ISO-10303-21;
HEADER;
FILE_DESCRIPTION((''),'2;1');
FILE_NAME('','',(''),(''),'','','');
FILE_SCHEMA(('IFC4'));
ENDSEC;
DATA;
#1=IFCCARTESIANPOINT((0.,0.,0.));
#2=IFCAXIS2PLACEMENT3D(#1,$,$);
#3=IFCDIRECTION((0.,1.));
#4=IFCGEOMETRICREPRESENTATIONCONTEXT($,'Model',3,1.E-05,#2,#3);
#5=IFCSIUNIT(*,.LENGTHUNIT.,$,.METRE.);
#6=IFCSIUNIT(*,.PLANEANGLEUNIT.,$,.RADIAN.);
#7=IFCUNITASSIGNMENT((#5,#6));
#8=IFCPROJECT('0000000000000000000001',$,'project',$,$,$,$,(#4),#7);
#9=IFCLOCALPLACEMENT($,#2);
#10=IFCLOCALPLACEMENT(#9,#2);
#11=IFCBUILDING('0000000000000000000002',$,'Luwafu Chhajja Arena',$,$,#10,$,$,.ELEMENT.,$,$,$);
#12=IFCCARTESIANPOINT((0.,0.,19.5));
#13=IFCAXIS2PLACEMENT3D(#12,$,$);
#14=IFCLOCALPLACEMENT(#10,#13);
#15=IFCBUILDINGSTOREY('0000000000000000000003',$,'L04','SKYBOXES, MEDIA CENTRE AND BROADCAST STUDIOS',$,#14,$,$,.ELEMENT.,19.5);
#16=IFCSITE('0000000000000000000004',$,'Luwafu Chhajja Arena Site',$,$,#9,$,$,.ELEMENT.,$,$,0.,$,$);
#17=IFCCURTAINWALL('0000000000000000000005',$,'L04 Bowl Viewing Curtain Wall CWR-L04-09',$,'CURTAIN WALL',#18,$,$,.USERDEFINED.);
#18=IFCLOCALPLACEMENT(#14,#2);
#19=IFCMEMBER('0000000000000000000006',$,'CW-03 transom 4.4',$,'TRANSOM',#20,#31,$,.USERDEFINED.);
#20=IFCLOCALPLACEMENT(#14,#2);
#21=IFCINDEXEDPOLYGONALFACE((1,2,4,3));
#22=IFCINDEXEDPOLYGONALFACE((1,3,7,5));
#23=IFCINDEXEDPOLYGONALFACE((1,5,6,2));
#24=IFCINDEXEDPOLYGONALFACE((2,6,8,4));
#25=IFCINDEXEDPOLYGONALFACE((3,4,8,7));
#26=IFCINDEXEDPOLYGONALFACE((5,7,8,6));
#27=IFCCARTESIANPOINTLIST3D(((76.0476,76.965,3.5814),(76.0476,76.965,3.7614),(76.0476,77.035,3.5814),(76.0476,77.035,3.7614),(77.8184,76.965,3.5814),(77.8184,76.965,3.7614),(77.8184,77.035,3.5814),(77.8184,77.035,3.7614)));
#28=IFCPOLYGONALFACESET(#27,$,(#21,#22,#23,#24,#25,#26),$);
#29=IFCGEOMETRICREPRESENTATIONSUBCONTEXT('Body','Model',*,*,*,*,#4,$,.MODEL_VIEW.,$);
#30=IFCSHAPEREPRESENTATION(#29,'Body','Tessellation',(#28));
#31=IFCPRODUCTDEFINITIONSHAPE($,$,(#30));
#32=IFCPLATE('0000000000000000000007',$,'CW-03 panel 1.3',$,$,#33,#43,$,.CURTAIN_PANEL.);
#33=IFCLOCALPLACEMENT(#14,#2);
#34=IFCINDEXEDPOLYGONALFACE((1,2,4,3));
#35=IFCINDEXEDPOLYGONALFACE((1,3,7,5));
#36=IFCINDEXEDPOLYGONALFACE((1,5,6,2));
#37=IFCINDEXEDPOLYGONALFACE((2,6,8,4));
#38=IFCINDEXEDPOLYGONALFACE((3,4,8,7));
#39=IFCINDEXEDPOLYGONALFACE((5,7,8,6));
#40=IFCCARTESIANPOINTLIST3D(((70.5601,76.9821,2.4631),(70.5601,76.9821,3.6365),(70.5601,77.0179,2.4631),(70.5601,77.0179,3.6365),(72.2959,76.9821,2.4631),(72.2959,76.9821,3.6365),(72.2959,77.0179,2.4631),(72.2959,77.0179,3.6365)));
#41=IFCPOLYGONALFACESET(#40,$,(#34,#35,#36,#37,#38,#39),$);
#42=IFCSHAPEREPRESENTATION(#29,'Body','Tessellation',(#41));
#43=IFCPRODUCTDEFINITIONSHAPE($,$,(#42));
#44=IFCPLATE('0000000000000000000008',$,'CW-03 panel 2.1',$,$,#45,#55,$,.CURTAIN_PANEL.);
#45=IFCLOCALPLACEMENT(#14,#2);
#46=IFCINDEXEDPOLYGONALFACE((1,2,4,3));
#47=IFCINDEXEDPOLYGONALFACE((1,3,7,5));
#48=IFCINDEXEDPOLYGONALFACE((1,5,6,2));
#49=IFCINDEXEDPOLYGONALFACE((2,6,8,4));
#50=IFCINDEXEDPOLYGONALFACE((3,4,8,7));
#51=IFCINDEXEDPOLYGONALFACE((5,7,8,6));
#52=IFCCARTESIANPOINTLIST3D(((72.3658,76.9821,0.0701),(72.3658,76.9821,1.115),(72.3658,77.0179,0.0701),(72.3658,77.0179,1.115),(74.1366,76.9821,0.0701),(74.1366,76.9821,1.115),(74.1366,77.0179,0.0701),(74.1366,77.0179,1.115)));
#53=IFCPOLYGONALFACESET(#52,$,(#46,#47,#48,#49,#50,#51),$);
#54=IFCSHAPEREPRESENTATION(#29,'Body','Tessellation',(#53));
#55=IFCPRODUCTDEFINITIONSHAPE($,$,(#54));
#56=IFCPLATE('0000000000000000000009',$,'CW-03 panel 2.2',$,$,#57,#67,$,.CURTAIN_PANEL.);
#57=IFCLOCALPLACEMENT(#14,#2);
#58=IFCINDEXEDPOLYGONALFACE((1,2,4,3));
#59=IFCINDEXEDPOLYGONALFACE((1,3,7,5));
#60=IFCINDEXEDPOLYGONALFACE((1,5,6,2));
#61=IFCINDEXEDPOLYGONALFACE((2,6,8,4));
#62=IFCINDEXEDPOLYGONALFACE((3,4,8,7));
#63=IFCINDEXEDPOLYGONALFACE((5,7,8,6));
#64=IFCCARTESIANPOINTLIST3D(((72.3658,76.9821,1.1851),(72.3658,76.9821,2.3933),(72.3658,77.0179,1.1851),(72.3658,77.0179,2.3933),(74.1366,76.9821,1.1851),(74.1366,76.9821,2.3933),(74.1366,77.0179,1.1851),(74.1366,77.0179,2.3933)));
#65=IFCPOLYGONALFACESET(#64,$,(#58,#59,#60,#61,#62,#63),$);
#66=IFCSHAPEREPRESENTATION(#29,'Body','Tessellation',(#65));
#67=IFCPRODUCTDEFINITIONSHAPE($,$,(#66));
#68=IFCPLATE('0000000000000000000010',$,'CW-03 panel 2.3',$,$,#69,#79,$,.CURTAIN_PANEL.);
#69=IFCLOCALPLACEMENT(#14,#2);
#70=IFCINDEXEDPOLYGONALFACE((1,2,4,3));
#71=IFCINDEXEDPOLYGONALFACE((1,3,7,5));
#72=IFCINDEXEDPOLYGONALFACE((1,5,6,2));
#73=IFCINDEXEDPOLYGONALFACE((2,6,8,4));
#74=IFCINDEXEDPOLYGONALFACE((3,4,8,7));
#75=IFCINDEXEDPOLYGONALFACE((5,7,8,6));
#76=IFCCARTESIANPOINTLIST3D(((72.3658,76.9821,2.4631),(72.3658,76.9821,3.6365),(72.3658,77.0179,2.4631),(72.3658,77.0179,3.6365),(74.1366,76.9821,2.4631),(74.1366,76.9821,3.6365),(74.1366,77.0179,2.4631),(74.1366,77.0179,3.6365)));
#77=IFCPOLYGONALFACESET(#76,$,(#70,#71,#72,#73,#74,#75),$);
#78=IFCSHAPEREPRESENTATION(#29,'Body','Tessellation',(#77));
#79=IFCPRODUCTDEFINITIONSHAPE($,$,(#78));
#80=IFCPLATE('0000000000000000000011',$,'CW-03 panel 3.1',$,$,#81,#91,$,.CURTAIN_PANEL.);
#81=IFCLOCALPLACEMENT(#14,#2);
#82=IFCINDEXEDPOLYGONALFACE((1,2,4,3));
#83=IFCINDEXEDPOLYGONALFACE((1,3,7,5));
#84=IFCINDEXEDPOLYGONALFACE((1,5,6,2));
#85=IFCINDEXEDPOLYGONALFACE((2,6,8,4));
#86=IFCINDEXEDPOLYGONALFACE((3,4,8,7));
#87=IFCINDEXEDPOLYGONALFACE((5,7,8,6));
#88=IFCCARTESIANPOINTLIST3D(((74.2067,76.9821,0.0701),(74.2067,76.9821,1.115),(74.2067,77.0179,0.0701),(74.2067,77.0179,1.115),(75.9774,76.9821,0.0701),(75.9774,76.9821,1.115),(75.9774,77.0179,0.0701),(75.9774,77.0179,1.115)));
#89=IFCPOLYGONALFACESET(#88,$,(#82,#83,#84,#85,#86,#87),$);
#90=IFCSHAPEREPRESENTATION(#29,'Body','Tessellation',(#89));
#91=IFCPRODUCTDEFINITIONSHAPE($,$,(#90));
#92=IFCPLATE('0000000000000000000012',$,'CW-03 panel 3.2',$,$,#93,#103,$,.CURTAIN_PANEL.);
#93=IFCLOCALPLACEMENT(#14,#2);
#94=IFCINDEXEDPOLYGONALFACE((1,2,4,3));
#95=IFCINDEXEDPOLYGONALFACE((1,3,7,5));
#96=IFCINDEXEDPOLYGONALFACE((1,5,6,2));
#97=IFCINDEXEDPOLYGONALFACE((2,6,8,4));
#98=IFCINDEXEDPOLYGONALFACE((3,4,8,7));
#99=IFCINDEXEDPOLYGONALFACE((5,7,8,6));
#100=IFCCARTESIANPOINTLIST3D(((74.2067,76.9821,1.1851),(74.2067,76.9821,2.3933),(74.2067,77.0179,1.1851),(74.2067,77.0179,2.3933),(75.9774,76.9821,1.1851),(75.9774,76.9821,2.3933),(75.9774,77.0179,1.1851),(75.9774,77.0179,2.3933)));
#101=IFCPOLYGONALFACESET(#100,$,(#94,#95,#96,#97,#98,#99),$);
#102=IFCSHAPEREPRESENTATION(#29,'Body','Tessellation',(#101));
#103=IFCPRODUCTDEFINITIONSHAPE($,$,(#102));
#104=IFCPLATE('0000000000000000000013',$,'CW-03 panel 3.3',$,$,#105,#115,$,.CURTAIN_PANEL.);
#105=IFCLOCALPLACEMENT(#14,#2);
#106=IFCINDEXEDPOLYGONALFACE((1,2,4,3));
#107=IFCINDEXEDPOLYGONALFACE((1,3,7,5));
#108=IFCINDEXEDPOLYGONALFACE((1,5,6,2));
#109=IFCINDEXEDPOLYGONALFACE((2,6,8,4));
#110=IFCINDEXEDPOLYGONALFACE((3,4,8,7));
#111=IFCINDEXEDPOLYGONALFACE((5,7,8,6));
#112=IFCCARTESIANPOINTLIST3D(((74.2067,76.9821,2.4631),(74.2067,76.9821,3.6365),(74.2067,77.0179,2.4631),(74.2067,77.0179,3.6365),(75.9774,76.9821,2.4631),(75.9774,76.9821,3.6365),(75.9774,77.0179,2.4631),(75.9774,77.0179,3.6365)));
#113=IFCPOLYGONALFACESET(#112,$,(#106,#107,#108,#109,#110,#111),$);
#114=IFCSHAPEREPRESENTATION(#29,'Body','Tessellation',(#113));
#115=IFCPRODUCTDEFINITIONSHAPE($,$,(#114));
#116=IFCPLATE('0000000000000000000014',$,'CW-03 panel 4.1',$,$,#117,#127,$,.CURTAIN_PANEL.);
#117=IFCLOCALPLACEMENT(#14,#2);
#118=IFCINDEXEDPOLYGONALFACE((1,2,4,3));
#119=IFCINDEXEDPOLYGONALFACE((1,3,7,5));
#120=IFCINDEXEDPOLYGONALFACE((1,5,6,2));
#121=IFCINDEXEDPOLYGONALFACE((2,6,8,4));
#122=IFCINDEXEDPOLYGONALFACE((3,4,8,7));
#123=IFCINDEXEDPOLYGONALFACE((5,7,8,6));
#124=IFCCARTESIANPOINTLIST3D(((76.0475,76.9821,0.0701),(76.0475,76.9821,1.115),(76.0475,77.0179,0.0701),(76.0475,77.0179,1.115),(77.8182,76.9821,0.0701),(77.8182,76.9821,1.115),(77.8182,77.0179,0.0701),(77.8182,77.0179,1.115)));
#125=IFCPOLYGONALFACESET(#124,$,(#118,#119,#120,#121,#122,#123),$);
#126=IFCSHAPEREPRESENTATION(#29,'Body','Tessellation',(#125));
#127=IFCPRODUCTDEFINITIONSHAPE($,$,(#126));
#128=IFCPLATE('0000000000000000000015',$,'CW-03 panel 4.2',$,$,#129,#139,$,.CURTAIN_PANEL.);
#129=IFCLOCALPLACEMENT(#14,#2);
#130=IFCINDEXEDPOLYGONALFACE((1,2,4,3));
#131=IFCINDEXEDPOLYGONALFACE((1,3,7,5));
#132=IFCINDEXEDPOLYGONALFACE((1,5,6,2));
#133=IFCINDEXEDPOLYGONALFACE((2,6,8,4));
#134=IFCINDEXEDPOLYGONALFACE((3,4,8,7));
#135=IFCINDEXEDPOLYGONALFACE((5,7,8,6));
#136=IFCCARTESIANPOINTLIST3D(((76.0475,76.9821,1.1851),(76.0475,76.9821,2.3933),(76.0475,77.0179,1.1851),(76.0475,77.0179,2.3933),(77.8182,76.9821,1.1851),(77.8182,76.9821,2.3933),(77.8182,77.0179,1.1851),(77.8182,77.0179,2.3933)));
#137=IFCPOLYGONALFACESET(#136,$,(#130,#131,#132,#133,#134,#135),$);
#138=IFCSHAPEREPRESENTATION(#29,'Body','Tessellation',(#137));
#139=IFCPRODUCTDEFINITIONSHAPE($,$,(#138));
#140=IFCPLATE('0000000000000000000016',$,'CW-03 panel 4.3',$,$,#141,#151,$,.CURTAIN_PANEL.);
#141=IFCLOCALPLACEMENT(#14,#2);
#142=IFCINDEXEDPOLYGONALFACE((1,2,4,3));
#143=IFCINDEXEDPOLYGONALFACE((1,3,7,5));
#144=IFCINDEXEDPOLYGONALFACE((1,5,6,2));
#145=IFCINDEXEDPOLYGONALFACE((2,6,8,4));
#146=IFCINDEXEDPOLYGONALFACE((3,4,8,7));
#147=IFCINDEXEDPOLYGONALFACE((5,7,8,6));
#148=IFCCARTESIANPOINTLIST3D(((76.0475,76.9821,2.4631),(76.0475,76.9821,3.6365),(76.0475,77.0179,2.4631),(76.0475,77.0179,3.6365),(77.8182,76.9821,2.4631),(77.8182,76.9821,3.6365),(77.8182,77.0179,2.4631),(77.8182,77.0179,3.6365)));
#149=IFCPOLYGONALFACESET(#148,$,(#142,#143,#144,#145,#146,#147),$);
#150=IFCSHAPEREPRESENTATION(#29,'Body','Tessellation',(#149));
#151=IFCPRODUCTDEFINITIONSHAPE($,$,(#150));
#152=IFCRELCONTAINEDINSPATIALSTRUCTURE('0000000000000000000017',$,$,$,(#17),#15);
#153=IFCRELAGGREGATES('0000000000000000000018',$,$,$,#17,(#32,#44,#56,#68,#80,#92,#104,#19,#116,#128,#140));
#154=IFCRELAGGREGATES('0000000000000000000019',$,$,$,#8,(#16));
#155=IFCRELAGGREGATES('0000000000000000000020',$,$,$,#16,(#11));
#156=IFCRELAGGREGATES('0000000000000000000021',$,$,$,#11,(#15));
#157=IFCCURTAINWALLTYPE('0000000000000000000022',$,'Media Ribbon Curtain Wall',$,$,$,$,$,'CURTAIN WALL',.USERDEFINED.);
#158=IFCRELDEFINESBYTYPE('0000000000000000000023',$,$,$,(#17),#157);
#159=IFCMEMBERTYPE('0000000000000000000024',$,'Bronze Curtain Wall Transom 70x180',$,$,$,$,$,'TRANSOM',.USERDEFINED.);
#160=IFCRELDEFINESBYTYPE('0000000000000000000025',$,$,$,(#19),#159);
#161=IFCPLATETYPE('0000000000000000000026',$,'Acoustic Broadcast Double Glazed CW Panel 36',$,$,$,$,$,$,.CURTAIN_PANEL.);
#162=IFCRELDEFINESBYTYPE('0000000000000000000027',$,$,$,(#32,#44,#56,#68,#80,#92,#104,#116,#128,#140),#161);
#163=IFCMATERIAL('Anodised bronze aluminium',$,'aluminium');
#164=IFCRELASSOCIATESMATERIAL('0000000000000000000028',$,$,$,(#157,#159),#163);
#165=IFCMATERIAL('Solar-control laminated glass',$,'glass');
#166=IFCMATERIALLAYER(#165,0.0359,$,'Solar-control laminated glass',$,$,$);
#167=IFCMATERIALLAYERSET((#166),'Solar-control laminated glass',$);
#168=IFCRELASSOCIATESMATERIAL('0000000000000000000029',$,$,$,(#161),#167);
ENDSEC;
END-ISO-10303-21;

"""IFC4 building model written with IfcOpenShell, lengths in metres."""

from ifc_helpers import new_model, si_unit, direction, frame, origin, origin_2d, place, context, subcontext, project, spatial, rectangle, extrude, material, layer, layer_set, material_profile, profile_set, type_object, element, aggregate, save


model = new_model("IFC4")

# Units and contexts
model_context = context("Model", 3, precision=1e-05, world=origin(), true_north=direction((0.0, 1.0)))
body_context = subcontext(model_context, "Body", "Model", "MODEL_VIEW")
ifc_project = project(units=[si_unit("LENGTHUNIT", "METRE"), si_unit("PLANEANGLEUNIT", "RADIAN")], contexts=[model_context])

# Site, building, storey
site_placement = place(None, origin())
site = spatial("IfcSite", under=ifc_project, at=site_placement, Name="Luwafu Chhajja Arena Site", CompositionType="ELEMENT", RefElevation=0.0)
building_placement = place(site_placement, origin())
building = spatial("IfcBuilding", under=site, at=building_placement, Name="Luwafu Chhajja Arena", CompositionType="ELEMENT")
storey_placement = place(building_placement, frame((0.0, 0.0, 19.5)))
storey = spatial("IfcBuildingStorey", under=building, at=storey_placement, Name="L04", Description="SKYBOXES, MEDIA CENTRE AND BROADCAST STUDIOS", CompositionType="ELEMENT", Elevation=19.5)

# Curtain wall, member, plates
ifc_material_1 = material(Name="Anodised bronze aluminium", Category="aluminium")
curtain_wall_type = type_object("IfcCurtainWallType", Name="Media Ribbon Curtain Wall", ElementType="CURTAIN WALL", PredefinedType="USERDEFINED", material=ifc_material_1)
curtain_wall_placement = place(storey_placement, origin())
curtain_wall = element("IfcCurtainWall", 1, at=curtain_wall_placement, inside=storey, type_object=curtain_wall_type, Name="L04 Bowl Viewing Curtain Wall CWR-L04-09", ObjectType="CURTAIN WALL", PredefinedType="USERDEFINED")
ifc_material_profile_1 = material_profile(ifc_material_1, rectangle(XDim=0.0701, YDim=0.1799, at=origin_2d()), Name="CWT 70x180")
ifc_profile_set_1 = profile_set([ifc_material_profile_1], Name="Anodised bronze aluminium")
member_type_1 = type_object("IfcMemberType", Name="Bronze Curtain Wall Transom 70x180", ElementType="TRANSOM", PredefinedType="USERDEFINED", material=ifc_profile_set_1)
member_1_placement = place(storey_placement, frame((76.0476, 77.0, 3.6714), z_axis=(1.0, 0.0, 0.0), x_axis=(0.0, 1.0, 0.0)))
member_1 = element("IfcMember", 2, at=member_1_placement, type_object=member_type_1, Name="CW-03 transom 4.4", ObjectType="TRANSOM", PredefinedType="USERDEFINED", context=body_context, shape_type="SweptSolid", body=[
    extrude(rectangle(XDim=0.0701, YDim=0.1799, at=origin_2d()), origin(), (0.0, 0.0, 1.0), 1.7708),
])
ifc_material_2 = material(Name="Solar-control laminated glass", Category="glass")
ifc_layer = layer(ifc_material_2, 0.0359, Name="Solar-control laminated glass")
ifc_layer_set = layer_set([ifc_layer], Name="Solar-control laminated glass")
plate_type = type_object("IfcPlateType", Name="Acoustic Broadcast Double Glazed CW Panel 36", PredefinedType="CURTAIN_PANEL", material=ifc_layer_set)
plate_1_placement = place(storey_placement, frame((71.428, 77.0, 2.4631), z_axis=(0.0, 0.0, 1.0), x_axis=(1.0, 0.0, 0.0)))
plate_1 = element("IfcPlate", 3, at=plate_1_placement, type_object=plate_type, Name="CW-03 panel 1.3", PredefinedType="CURTAIN_PANEL", context=body_context, shape_type="SweptSolid", body=[
    extrude(rectangle(XDim=1.7358, YDim=0.0359, at=origin_2d()), origin(), (0.0, 0.0, 1.0), 1.1733),
])
plate_2_placement = place(storey_placement, frame((73.2512, 77.0, 0.0701), z_axis=(0.0, 0.0, 1.0), x_axis=(1.0, 0.0, 0.0)))
plate_2 = element("IfcPlate", 4, at=plate_2_placement, type_object=plate_type, Name="CW-03 panel 2.1", PredefinedType="CURTAIN_PANEL", context=body_context, shape_type="SweptSolid", body=[
    extrude(rectangle(XDim=1.7708, YDim=0.0359, at=origin_2d()), origin(), (0.0, 0.0, 1.0), 1.0449),
])
plate_3_placement = place(storey_placement, frame((73.2512, 77.0, 1.1851), z_axis=(0.0, 0.0, 1.0), x_axis=(1.0, 0.0, 0.0)))
plate_3 = element("IfcPlate", 5, at=plate_3_placement, type_object=plate_type, Name="CW-03 panel 2.2", PredefinedType="CURTAIN_PANEL", context=body_context, shape_type="SweptSolid", body=[
    extrude(rectangle(XDim=1.7708, YDim=0.0359, at=origin_2d()), origin(), (0.0, 0.0, 1.0), 1.2083),
])
plate_4_placement = place(storey_placement, frame((73.2512, 77.0, 2.4631), z_axis=(0.0, 0.0, 1.0), x_axis=(1.0, 0.0, 0.0)))
plate_4 = element("IfcPlate", 6, at=plate_4_placement, type_object=plate_type, Name="CW-03 panel 2.3", PredefinedType="CURTAIN_PANEL", context=body_context, shape_type="SweptSolid", body=[
    extrude(rectangle(XDim=1.7708, YDim=0.0359, at=origin_2d()), origin(), (0.0, 0.0, 1.0), 1.1733),
])
plate_5_placement = place(storey_placement, frame((75.092, 77.0, 0.0701), z_axis=(0.0, 0.0, 1.0), x_axis=(1.0, 0.0, 0.0)))
plate_5 = element("IfcPlate", 7, at=plate_5_placement, type_object=plate_type, Name="CW-03 panel 3.1", PredefinedType="CURTAIN_PANEL", context=body_context, shape_type="SweptSolid", body=[
    extrude(rectangle(XDim=1.7708, YDim=0.0359, at=origin_2d()), origin(), (0.0, 0.0, 1.0), 1.0449),
])
plate_6_placement = place(storey_placement, frame((75.092, 77.0, 1.1851), z_axis=(0.0, 0.0, 1.0), x_axis=(1.0, 0.0, 0.0)))
plate_6 = element("IfcPlate", 8, at=plate_6_placement, type_object=plate_type, Name="CW-03 panel 3.2", PredefinedType="CURTAIN_PANEL", context=body_context, shape_type="SweptSolid", body=[
    extrude(rectangle(XDim=1.7708, YDim=0.0359, at=origin_2d()), origin(), (0.0, 0.0, 1.0), 1.2083),
])
plate_7_placement = place(storey_placement, frame((75.092, 77.0, 2.4631), z_axis=(0.0, 0.0, 1.0), x_axis=(1.0, 0.0, 0.0)))
plate_7 = element("IfcPlate", 9, at=plate_7_placement, type_object=plate_type, Name="CW-03 panel 3.3", PredefinedType="CURTAIN_PANEL", context=body_context, shape_type="SweptSolid", body=[
    extrude(rectangle(XDim=1.7708, YDim=0.0359, at=origin_2d()), origin(), (0.0, 0.0, 1.0), 1.1733),
])
plate_8_placement = place(storey_placement, frame((76.9329, 77.0, 0.0701), z_axis=(0.0, 0.0, 1.0), x_axis=(1.0, 0.0, 0.0)))
plate_8 = element("IfcPlate", 10, at=plate_8_placement, type_object=plate_type, Name="CW-03 panel 4.1", PredefinedType="CURTAIN_PANEL", context=body_context, shape_type="SweptSolid", body=[
    extrude(rectangle(XDim=1.7708, YDim=0.0359, at=origin_2d()), origin(), (0.0, 0.0, 1.0), 1.0449),
])
plate_9_placement = place(storey_placement, frame((76.9329, 77.0, 1.1851), z_axis=(0.0, 0.0, 1.0), x_axis=(1.0, 0.0, 0.0)))
plate_9 = element("IfcPlate", 11, at=plate_9_placement, type_object=plate_type, Name="CW-03 panel 4.2", PredefinedType="CURTAIN_PANEL", context=body_context, shape_type="SweptSolid", body=[
    extrude(rectangle(XDim=1.7708, YDim=0.0359, at=origin_2d()), origin(), (0.0, 0.0, 1.0), 1.2083),
])
plate_10_placement = place(storey_placement, frame((76.9329, 77.0, 2.4631), z_axis=(0.0, 0.0, 1.0), x_axis=(1.0, 0.0, 0.0)))
plate_10 = element("IfcPlate", 12, at=plate_10_placement, type_object=plate_type, Name="CW-03 panel 4.3", PredefinedType="CURTAIN_PANEL", context=body_context, shape_type="SweptSolid", body=[
    extrude(rectangle(XDim=1.7708, YDim=0.0359, at=origin_2d()), origin(), (0.0, 0.0, 1.0), 1.1733),
])
aggregate(curtain_wall, [plate_1, plate_2, plate_3, plate_4, plate_5, plate_6, plate_7, member_1, plate_8, plate_9, plate_10])

save(model, "model.ifc")
